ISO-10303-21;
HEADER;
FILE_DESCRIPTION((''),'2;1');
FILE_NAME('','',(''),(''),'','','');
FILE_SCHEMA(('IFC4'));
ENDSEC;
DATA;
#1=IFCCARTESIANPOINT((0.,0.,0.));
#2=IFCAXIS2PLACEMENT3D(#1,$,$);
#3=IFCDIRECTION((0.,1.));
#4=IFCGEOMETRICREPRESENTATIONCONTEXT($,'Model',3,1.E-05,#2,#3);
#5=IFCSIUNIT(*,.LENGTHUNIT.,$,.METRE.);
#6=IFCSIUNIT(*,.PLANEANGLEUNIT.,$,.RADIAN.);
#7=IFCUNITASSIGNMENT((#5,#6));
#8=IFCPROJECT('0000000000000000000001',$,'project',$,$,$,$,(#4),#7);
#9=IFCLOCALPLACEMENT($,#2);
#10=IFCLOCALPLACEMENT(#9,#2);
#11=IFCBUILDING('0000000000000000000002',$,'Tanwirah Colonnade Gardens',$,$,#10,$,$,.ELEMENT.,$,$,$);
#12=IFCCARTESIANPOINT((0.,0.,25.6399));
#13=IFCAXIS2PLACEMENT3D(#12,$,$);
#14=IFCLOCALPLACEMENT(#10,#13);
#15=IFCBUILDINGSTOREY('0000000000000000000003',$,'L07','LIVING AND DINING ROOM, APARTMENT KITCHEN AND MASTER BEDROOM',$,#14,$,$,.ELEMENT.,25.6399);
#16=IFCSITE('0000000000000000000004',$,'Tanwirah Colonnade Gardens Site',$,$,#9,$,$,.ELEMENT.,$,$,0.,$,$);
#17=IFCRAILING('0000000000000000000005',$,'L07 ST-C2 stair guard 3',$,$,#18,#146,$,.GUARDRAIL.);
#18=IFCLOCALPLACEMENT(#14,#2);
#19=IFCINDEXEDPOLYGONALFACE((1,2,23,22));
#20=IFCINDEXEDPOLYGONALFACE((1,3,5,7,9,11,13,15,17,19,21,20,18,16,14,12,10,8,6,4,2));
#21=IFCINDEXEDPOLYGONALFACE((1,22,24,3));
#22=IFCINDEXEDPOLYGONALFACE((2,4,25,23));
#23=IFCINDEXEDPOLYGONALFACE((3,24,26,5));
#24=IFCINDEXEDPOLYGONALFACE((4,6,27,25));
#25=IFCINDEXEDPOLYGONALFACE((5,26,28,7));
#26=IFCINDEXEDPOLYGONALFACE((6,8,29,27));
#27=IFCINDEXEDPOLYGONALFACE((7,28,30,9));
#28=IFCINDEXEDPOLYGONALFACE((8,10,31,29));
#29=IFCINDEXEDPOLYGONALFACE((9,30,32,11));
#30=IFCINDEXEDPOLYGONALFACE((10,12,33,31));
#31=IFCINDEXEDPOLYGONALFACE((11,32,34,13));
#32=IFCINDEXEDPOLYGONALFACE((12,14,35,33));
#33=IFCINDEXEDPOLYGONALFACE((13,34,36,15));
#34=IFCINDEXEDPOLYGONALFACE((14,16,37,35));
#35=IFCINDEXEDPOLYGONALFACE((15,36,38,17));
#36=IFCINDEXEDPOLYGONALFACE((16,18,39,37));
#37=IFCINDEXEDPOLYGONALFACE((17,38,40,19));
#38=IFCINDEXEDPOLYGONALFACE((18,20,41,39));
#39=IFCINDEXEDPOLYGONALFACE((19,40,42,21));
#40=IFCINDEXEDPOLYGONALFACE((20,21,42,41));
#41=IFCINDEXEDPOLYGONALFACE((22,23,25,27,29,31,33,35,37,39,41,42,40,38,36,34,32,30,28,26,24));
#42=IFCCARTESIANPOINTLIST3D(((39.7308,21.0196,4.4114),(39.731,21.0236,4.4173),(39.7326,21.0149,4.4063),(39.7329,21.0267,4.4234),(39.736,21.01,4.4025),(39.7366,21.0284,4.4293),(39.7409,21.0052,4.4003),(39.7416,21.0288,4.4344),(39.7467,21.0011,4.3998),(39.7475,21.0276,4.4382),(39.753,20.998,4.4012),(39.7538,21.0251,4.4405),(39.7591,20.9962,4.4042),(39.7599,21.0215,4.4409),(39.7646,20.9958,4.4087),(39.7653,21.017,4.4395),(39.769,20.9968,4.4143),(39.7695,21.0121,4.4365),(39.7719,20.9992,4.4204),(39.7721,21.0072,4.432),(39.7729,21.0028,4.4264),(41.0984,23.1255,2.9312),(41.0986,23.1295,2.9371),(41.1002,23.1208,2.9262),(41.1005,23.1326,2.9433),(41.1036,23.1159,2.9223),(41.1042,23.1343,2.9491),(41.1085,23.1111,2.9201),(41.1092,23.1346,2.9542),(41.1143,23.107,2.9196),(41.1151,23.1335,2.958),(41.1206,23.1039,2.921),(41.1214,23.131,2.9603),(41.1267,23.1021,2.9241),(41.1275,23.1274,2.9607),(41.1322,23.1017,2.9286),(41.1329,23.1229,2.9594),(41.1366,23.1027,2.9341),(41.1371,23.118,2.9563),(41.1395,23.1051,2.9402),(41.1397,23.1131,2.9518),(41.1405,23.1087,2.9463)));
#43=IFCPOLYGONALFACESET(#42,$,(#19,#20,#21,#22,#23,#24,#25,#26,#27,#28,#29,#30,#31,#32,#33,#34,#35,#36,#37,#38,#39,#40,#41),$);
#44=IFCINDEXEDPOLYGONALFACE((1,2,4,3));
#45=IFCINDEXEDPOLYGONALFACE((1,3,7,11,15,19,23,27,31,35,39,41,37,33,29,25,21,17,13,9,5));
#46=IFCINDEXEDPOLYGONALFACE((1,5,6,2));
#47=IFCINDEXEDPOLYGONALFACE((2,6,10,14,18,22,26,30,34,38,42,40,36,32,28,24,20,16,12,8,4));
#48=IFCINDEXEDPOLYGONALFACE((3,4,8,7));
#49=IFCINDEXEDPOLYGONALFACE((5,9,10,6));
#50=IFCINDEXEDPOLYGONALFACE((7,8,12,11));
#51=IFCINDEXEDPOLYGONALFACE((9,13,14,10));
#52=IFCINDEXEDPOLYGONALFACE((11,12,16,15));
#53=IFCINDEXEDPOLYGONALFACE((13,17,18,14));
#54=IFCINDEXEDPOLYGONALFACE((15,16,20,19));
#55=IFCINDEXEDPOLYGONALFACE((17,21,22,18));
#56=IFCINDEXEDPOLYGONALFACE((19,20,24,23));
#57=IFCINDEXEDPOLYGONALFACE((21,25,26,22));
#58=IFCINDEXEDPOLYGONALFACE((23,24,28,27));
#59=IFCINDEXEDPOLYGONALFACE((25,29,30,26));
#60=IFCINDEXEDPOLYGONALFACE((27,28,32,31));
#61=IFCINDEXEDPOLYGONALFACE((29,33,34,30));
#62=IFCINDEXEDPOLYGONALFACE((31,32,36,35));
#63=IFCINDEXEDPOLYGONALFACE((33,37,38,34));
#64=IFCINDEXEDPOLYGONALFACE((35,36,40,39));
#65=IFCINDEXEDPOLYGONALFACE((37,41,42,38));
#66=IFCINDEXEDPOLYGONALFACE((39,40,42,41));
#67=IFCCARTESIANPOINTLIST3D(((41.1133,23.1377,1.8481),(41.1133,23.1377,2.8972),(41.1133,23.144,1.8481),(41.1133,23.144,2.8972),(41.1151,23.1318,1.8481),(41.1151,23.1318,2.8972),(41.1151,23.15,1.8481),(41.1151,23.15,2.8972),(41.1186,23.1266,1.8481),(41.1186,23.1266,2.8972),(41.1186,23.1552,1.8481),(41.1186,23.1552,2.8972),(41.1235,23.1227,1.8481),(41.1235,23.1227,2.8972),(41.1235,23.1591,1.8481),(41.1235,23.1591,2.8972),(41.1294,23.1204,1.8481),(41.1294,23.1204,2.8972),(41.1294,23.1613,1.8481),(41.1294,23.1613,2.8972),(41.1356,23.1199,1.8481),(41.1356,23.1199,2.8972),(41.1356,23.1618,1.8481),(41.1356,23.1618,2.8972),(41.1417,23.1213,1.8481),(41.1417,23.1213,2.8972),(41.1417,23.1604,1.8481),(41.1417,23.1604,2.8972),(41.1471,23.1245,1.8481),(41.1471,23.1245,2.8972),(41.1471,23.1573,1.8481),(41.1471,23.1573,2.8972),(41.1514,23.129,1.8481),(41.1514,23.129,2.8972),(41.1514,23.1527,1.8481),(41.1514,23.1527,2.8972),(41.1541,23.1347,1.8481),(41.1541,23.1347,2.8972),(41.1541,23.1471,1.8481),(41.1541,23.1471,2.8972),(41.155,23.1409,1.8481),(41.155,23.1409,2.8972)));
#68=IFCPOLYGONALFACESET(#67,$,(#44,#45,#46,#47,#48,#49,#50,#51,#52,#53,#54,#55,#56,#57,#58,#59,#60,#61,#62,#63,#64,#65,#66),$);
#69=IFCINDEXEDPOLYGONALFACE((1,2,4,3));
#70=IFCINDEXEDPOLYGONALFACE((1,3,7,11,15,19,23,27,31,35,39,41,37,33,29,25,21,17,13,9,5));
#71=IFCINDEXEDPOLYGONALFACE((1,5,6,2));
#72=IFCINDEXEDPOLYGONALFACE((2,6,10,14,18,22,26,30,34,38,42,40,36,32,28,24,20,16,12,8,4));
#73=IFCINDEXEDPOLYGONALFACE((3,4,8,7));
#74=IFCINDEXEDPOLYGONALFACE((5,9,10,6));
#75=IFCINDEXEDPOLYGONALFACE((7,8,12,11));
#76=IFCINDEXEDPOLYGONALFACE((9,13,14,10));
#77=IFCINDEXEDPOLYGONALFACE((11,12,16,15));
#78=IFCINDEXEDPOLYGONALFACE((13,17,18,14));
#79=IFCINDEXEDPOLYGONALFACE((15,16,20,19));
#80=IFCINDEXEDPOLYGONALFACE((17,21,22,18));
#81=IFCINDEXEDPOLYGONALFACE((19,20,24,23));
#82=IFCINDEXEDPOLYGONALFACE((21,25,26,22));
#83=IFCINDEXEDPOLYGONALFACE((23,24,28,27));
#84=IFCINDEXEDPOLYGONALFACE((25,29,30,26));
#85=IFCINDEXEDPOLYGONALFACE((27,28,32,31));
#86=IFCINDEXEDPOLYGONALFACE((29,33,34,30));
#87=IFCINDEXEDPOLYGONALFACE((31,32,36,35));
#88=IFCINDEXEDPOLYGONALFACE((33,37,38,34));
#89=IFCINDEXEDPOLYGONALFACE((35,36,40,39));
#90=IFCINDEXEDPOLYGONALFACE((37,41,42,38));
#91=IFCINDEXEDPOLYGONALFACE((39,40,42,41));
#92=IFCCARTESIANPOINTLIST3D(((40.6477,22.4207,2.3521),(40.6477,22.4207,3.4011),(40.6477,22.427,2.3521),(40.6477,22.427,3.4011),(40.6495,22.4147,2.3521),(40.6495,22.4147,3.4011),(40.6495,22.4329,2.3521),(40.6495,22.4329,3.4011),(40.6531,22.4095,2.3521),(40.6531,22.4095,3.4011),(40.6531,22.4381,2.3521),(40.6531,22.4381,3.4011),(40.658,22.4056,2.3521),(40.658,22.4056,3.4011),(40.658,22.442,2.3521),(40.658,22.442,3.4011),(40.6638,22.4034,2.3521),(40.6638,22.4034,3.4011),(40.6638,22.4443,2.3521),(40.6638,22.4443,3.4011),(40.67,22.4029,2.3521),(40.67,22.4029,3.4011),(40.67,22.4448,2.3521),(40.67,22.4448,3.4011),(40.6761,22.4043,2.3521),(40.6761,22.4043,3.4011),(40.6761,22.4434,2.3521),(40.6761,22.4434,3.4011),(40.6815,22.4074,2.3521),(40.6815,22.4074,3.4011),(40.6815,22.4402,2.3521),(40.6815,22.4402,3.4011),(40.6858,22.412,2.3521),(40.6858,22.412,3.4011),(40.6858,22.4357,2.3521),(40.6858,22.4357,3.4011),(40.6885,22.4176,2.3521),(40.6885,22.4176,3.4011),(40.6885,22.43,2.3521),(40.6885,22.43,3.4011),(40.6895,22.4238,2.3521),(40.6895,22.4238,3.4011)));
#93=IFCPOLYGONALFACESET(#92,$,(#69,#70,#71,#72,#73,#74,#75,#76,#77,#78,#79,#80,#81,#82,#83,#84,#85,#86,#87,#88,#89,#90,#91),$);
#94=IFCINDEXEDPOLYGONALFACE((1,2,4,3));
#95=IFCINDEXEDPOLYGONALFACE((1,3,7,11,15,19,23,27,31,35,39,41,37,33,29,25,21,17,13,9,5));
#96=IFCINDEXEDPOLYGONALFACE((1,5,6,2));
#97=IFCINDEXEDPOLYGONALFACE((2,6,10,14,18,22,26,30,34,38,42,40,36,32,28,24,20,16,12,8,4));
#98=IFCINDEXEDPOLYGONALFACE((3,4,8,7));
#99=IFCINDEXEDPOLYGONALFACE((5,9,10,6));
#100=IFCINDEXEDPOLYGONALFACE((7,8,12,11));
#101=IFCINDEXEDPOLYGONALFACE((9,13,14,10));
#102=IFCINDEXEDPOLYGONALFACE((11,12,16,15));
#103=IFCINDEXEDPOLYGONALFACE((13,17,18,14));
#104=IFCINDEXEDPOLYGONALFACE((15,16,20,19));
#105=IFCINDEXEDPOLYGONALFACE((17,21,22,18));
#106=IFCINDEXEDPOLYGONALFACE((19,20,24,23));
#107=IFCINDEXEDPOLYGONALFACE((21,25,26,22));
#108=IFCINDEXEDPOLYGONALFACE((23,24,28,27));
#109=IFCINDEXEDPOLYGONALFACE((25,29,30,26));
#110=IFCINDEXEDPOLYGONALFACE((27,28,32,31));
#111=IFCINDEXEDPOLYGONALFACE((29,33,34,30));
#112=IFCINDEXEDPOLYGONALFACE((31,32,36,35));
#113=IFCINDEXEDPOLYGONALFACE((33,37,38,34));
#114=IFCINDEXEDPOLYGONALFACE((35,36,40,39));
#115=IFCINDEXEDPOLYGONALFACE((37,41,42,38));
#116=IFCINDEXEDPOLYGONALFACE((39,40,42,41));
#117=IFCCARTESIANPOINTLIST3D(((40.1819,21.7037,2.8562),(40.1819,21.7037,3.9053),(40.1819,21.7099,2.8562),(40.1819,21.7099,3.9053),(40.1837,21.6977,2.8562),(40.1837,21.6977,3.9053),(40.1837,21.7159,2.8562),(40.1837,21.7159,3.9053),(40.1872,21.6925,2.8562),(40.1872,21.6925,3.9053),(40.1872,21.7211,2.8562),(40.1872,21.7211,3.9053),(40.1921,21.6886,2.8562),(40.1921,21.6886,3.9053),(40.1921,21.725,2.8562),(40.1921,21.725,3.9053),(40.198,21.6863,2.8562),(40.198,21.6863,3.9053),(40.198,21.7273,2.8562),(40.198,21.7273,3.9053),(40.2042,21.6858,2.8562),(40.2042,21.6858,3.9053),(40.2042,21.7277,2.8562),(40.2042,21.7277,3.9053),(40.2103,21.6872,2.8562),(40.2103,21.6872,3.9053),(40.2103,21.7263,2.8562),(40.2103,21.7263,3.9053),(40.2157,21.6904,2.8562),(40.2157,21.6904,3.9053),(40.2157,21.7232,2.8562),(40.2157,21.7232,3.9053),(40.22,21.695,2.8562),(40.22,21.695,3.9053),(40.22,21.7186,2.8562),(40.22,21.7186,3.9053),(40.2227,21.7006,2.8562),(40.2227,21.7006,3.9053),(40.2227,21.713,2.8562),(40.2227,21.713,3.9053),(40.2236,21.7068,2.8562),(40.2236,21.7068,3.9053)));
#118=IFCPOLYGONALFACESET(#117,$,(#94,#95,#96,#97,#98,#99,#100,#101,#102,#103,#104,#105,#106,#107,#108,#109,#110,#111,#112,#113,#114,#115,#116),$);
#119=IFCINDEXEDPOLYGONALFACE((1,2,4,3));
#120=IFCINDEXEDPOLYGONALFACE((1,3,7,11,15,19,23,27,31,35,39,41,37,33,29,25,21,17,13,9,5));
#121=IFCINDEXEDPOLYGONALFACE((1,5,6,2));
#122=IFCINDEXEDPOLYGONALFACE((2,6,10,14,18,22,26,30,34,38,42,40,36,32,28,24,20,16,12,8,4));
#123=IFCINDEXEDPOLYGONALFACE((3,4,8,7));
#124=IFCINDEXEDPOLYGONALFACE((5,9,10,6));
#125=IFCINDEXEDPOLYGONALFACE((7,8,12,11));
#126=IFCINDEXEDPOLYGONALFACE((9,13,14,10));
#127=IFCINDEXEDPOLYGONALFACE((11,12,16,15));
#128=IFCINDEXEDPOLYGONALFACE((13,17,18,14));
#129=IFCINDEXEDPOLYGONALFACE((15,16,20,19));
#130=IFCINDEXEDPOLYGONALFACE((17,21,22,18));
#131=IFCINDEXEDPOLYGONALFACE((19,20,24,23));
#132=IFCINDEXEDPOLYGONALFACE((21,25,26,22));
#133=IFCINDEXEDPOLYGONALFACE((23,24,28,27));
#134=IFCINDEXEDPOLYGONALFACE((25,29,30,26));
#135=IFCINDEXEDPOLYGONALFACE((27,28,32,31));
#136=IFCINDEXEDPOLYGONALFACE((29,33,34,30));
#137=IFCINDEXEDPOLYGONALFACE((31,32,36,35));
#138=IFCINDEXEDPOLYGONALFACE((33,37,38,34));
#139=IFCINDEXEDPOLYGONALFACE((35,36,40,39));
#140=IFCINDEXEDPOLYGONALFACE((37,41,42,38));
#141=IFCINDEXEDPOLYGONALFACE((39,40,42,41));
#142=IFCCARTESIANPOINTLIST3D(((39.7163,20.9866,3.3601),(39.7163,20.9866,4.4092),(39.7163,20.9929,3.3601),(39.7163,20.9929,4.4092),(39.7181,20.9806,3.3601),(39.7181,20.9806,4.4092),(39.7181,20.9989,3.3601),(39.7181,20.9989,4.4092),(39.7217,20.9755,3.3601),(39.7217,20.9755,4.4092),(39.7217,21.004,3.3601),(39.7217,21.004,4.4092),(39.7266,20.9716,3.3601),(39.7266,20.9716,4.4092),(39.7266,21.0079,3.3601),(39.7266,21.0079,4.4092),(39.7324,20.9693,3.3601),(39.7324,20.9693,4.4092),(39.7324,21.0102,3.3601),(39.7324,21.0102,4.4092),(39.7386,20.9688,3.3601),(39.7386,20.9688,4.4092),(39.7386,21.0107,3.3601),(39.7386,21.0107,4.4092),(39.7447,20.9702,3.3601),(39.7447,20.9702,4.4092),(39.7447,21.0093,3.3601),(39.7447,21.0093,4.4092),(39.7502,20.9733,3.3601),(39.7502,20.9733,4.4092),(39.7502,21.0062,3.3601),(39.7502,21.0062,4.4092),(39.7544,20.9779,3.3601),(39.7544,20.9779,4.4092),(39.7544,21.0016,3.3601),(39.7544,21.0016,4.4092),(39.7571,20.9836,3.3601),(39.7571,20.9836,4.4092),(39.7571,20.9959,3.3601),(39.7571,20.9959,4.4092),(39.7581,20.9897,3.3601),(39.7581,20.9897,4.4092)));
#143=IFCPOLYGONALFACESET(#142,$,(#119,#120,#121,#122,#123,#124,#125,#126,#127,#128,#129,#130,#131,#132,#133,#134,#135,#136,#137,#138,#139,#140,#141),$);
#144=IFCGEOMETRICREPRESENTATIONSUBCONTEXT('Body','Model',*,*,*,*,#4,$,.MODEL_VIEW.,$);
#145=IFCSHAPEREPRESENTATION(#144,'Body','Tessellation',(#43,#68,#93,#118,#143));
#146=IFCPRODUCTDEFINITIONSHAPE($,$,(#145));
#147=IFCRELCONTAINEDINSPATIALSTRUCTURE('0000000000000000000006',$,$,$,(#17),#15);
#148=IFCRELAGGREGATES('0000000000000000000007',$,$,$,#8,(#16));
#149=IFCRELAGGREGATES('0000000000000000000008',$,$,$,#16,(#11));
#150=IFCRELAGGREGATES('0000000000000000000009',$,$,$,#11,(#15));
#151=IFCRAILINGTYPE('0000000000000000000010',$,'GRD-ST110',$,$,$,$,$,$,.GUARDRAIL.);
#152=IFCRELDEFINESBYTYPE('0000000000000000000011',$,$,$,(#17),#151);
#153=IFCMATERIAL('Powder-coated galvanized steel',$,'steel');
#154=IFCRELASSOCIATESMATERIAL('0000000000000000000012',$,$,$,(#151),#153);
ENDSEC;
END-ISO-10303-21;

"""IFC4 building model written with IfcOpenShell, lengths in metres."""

from ifc_helpers import new_model, si_unit, direction, frame, origin, origin_2d, place, context, subcontext, project, spatial, circle, extrude, material, type_object, element, save


model = new_model("IFC4")

# Units and contexts
model_context = context("Model", 3, precision=1e-05, world=origin(), true_north=direction((0.0, 1.0)))
body_context = subcontext(model_context, "Body", "Model", "MODEL_VIEW")
ifc_project = project(units=[si_unit("LENGTHUNIT", "METRE"), si_unit("PLANEANGLEUNIT", "RADIAN")], contexts=[model_context])

# Site, building, storey
site_placement = place(None, origin())
site = spatial("IfcSite", under=ifc_project, at=site_placement, Name="Tanwirah Colonnade Gardens Site", CompositionType="ELEMENT", RefElevation=0.0)
building_placement = place(site_placement, origin())
building = spatial("IfcBuilding", under=site, at=building_placement, Name="Tanwirah Colonnade Gardens", CompositionType="ELEMENT")
storey_placement = place(building_placement, frame((0.0, 0.0, 25.6399)))
storey = spatial("IfcBuildingStorey", under=building, at=storey_placement, Name="L07", Description="LIVING AND DINING ROOM, APARTMENT KITCHEN AND MASTER BEDROOM", CompositionType="ELEMENT", Elevation=25.6399)

# Railing
ifc_material_1 = material(Name="Powder-coated galvanized steel", Category="steel")
railing_type_1 = type_object("IfcRailingType", Name="GRD-ST110", PredefinedType="GUARDRAIL", material=ifc_material_1)
railing_1_placement = place(storey_placement, frame((41.134, 23.1409, 1.8481)))
element("IfcRailing", 1, at=railing_1_placement, inside=storey, type_object=railing_type_1, Name="L07 ST-C2 stair guard 3", PredefinedType="GUARDRAIL", context=body_context, shape_type="SweptSolid", body=[
    extrude(circle(Radius=0.0239, at=origin_2d()), frame((-0.0146, -0.0227, 1.092), z_axis=(-0.469193, -0.722484, 0.507814), x_axis=(0.838668, -0.544644, 0.0)), (0.0, 0.0, 1.0), 2.9148),
    extrude(circle(Radius=0.021, at=origin_2d()), origin(), (0.0, 0.0, 1.0), 1.0491),
    extrude(circle(Radius=0.021, at=origin_2d()), frame((-0.4656, -0.717, 0.5039)), (0.0, 0.0, 1.0), 1.0491),
    extrude(circle(Radius=0.021, at=origin_2d()), frame((-0.9314, -1.4341, 1.0081)), (0.0, 0.0, 1.0), 1.0491),
    extrude(circle(Radius=0.021, at=origin_2d()), frame((-1.397, -2.1511, 1.512)), (0.0, 0.0, 1.0), 1.0491),
])

save(model, "model.ifc")
